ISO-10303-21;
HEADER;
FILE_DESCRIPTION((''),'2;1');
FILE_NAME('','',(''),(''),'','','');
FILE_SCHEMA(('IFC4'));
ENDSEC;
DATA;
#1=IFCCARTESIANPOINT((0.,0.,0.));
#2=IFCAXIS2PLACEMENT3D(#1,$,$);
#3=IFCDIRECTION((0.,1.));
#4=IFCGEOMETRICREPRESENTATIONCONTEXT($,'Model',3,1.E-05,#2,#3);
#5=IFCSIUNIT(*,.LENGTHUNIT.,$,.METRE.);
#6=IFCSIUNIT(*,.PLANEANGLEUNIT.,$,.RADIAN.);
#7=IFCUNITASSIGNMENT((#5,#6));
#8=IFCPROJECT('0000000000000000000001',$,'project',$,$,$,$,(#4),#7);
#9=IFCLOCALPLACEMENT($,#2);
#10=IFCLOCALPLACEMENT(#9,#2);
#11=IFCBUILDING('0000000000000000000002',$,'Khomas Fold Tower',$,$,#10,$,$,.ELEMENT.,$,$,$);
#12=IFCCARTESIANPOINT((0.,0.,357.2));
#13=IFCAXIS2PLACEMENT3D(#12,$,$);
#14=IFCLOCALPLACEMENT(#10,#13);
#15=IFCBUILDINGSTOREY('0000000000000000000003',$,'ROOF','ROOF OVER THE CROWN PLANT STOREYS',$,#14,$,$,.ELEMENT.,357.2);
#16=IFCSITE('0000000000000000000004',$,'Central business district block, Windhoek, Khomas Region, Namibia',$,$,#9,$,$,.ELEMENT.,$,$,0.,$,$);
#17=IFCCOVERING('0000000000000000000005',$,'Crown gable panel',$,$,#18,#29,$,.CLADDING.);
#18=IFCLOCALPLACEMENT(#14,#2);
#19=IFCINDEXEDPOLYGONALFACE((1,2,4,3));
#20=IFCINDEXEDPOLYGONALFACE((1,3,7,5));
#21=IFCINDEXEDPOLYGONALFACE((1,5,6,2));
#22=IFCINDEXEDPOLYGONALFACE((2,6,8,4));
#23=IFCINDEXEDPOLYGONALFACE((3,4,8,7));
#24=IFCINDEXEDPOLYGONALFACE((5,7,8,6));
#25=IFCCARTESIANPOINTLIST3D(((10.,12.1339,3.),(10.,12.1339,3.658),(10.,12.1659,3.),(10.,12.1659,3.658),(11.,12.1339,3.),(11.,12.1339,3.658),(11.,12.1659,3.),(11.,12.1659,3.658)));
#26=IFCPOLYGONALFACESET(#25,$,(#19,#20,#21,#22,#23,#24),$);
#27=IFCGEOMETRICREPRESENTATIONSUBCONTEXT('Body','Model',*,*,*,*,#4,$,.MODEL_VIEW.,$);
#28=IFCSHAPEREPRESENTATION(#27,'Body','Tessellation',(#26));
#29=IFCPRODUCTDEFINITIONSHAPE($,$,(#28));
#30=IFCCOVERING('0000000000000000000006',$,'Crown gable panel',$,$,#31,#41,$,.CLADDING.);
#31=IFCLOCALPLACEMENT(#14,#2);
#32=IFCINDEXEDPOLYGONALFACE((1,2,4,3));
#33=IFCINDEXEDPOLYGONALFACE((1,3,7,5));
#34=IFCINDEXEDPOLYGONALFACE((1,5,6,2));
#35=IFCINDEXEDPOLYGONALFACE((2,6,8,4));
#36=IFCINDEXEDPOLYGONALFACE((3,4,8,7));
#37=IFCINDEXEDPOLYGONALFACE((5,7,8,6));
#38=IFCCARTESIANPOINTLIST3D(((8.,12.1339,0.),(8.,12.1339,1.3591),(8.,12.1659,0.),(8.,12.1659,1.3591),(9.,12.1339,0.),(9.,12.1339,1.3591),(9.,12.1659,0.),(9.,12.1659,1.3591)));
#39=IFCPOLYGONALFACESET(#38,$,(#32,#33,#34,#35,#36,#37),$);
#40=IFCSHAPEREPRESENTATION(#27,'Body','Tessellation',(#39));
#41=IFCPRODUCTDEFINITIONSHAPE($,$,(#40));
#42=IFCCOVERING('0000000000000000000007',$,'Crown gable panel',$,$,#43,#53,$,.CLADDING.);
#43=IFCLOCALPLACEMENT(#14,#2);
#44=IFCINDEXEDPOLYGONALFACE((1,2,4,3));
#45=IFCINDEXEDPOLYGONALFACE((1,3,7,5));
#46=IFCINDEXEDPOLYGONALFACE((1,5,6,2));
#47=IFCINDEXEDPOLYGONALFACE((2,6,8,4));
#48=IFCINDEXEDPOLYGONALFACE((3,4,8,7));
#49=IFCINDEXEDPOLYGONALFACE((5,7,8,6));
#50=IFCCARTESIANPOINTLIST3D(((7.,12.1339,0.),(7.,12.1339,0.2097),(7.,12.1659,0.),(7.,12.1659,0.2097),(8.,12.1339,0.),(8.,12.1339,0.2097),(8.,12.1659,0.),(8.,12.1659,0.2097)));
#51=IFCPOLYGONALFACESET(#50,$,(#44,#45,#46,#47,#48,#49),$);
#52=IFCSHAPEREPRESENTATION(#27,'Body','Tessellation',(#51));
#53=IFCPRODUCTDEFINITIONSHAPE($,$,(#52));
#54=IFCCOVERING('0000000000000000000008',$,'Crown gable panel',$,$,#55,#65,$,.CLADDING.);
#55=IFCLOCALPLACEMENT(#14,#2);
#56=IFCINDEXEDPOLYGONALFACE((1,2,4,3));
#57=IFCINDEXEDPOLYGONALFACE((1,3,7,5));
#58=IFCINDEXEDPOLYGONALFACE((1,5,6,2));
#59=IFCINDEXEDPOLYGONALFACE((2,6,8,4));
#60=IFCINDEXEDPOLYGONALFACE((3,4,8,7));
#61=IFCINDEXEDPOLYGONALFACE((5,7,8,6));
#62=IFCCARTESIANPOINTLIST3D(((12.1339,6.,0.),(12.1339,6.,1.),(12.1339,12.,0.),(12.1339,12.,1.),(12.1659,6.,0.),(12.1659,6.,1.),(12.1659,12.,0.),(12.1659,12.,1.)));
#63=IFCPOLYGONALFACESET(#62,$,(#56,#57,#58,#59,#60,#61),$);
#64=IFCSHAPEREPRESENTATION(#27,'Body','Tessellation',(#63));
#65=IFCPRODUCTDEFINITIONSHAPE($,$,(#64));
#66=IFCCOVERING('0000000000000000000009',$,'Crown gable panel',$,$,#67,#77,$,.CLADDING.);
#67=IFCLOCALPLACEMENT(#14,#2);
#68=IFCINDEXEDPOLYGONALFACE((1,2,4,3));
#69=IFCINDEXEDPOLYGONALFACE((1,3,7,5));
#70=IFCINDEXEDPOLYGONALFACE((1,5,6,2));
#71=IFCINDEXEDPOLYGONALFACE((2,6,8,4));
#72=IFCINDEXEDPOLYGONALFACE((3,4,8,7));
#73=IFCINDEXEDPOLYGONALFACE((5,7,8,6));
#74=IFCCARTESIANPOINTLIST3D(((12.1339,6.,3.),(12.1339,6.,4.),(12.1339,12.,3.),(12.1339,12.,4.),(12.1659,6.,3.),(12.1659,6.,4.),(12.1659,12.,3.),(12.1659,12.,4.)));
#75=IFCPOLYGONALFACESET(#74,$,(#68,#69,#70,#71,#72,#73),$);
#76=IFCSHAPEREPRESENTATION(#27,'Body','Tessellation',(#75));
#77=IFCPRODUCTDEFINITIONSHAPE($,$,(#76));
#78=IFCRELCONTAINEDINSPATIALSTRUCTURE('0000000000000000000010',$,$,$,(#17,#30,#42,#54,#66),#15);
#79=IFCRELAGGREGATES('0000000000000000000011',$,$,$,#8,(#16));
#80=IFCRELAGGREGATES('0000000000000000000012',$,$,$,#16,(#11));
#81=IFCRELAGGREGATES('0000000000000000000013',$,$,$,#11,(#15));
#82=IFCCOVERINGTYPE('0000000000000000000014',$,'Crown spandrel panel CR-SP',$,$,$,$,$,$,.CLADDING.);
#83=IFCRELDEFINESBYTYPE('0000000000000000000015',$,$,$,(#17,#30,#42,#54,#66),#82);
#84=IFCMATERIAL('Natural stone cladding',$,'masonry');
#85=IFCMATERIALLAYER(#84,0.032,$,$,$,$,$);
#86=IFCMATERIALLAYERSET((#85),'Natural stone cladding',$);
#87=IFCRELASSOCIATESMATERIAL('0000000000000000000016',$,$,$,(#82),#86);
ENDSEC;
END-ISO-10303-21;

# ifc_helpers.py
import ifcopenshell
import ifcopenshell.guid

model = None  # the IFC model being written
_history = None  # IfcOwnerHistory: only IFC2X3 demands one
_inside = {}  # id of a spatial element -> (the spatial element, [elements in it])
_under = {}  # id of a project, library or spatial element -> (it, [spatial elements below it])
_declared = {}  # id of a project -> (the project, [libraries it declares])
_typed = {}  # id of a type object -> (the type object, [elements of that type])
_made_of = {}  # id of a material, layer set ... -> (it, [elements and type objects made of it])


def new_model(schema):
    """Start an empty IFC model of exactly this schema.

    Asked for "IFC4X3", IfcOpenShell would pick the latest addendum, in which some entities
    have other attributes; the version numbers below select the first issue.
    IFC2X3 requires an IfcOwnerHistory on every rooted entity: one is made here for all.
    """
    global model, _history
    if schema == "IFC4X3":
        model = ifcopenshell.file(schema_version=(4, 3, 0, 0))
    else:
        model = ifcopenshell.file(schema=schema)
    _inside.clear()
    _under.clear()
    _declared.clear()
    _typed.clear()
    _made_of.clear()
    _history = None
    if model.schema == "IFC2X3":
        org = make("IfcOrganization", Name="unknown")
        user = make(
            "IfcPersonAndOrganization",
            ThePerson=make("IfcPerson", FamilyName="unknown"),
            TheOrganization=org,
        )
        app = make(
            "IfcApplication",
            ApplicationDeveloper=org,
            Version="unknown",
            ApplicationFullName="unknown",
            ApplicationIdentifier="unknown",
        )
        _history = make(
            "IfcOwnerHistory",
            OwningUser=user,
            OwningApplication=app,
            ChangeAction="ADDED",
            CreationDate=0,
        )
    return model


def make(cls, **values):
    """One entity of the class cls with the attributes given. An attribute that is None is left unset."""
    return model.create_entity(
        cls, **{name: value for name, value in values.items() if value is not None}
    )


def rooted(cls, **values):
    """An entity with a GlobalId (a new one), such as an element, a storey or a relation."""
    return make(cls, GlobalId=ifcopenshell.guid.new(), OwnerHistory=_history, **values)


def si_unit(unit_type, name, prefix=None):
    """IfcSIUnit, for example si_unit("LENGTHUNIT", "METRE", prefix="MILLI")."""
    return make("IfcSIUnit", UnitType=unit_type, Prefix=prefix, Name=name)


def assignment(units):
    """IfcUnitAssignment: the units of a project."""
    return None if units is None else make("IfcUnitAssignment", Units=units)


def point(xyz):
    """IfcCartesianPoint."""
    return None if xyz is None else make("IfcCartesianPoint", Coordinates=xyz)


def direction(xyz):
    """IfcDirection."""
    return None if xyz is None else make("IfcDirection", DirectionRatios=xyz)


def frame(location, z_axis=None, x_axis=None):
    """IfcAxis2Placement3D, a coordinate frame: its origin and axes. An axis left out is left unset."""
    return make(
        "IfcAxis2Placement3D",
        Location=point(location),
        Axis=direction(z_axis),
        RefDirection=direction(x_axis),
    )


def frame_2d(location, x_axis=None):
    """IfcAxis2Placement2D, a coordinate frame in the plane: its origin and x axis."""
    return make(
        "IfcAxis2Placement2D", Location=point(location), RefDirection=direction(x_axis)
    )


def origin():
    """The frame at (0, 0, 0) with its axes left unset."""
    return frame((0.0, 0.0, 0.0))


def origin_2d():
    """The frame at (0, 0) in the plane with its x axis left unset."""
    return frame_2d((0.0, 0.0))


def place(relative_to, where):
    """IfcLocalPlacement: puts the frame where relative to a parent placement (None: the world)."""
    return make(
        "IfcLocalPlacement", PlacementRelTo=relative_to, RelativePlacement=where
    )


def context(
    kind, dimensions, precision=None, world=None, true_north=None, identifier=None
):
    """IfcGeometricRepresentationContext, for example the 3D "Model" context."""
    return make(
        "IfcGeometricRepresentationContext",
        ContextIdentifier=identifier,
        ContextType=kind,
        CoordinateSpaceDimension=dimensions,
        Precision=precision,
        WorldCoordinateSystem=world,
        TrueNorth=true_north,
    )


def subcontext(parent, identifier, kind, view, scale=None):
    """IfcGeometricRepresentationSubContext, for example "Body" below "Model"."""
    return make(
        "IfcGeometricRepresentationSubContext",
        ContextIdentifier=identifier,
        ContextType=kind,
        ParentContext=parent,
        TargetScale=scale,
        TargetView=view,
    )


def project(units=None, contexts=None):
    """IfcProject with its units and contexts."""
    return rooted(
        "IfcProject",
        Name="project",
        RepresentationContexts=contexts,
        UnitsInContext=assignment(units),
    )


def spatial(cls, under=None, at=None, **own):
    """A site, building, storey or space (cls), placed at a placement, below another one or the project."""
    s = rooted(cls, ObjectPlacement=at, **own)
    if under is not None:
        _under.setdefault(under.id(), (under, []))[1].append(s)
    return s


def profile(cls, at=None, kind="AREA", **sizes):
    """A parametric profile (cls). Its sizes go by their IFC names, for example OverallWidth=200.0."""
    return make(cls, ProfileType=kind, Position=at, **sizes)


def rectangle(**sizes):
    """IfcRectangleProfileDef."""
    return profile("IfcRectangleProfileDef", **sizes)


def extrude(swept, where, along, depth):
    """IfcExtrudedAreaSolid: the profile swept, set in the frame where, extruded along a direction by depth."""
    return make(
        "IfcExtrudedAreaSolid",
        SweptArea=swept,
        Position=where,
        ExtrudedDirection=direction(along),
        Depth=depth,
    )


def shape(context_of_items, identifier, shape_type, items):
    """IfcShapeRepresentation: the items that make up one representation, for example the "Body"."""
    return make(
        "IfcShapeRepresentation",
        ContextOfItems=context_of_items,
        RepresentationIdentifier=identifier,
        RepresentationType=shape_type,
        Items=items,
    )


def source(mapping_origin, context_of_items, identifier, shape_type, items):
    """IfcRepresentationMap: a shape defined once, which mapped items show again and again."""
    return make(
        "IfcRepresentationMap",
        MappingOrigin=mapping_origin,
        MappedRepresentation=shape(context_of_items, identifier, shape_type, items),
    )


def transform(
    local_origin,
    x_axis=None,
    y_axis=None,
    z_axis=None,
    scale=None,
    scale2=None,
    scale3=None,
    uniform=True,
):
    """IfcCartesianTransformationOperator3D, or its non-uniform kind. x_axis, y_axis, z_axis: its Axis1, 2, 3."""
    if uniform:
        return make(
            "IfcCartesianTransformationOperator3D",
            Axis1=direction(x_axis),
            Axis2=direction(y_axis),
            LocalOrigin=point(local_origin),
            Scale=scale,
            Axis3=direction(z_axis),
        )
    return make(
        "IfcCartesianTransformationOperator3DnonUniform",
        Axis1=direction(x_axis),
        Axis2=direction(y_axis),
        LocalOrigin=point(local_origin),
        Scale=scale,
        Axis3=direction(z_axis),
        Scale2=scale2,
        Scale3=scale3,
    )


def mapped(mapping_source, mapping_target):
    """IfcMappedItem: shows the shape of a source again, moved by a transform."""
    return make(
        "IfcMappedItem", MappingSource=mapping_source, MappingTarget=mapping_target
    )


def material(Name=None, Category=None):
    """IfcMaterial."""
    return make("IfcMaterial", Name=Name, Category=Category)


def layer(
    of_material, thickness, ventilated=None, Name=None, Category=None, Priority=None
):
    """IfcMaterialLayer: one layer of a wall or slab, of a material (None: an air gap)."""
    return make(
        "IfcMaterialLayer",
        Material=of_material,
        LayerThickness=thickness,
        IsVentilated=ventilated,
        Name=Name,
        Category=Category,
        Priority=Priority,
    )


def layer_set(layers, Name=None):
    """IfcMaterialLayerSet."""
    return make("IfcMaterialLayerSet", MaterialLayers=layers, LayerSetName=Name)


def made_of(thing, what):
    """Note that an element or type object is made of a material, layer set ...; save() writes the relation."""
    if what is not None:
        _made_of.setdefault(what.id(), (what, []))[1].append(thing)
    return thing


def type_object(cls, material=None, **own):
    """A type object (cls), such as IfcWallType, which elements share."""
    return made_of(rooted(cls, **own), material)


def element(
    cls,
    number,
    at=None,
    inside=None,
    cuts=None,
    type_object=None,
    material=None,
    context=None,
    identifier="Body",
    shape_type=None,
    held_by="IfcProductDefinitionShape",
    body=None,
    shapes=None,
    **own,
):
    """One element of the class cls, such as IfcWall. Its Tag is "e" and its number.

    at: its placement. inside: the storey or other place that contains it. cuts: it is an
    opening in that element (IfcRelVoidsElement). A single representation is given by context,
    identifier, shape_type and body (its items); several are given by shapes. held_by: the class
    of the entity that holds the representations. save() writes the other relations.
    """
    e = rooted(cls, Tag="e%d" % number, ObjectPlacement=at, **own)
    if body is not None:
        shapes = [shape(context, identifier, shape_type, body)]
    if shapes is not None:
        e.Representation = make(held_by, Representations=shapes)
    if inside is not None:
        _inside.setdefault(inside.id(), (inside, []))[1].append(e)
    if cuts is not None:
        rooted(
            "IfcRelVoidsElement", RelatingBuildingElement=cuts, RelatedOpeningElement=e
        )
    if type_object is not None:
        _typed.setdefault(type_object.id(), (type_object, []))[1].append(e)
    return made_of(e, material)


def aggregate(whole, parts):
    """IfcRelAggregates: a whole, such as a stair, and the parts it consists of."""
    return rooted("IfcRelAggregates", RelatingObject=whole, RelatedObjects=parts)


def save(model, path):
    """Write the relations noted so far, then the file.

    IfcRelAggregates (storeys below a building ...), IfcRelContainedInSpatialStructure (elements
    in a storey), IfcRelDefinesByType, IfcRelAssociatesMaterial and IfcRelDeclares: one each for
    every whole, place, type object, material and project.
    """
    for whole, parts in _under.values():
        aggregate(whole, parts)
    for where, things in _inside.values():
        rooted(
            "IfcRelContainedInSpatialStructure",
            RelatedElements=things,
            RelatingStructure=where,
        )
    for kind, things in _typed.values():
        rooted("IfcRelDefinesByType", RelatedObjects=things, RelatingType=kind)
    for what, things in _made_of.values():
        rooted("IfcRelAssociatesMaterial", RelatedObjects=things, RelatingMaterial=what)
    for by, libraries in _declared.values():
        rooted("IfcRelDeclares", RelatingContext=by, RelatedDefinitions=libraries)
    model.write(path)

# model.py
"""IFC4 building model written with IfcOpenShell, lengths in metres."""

from ifc_helpers import new_model, si_unit, direction, frame, origin, origin_2d, place, context, subcontext, project, spatial, rectangle, extrude, source, transform, mapped, material, layer, layer_set, type_object, element, save


model = new_model("IFC4")

# Units and contexts
model_context = context("Model", 3, precision=1e-05, world=origin(), true_north=direction((0.0, 1.0)))
body_context = subcontext(model_context, "Body", "Model", "MODEL_VIEW")
ifc_project = project(units=[si_unit("LENGTHUNIT", "METRE"), si_unit("PLANEANGLEUNIT", "RADIAN")], contexts=[model_context])

# Site, building, storey
site_placement = place(None, origin())
site = spatial("IfcSite", under=ifc_project, at=site_placement, Name="Central business district block, Windhoek, Khomas Region, Namibia", CompositionType="ELEMENT", RefElevation=0.0)
building_placement = place(site_placement, origin())
building = spatial("IfcBuilding", under=site, at=building_placement, Name="Khomas Fold Tower", CompositionType="ELEMENT")
storey_placement = place(building_placement, frame((0.0, 0.0, 357.2)))
storey = spatial("IfcBuildingStorey", under=building, at=storey_placement, Name="ROOF", Description="ROOF OVER THE CROWN PLANT STOREYS", CompositionType="ELEMENT", Elevation=357.2)

# Coverings
ifc_material_1 = material(Name="Natural stone cladding", Category="masonry")
ifc_layer_1 = layer(ifc_material_1, 0.032)
ifc_layer_set_1 = layer_set([ifc_layer_1], Name="Natural stone cladding")
covering_type = type_object("IfcCoveringType", Name="Crown spandrel panel CR-SP", PredefinedType="CLADDING", material=ifc_layer_set_1)
shared_shape_1 = source(origin(), body_context, "Body", "SweptSolid", [
    extrude(rectangle(XDim=1.0, YDim=0.032, at=origin_2d()), origin(), (0.0, 0.0, 1.0), 0.658),
])
covering_1_placement = place(storey_placement, frame((10.5, 12.1499, 3.0), z_axis=(0.0, 0.0, 1.0), x_axis=(1.0, 0.0, 0.0)))
element("IfcCovering", 1, at=covering_1_placement, inside=storey, type_object=covering_type, Name="Crown gable panel", PredefinedType="CLADDING", context=body_context, shape_type="MappedRepresentation", body=[
    mapped(shared_shape_1, transform((0.0, 0.0, 0.0))),
])
shared_shape_2 = source(origin(), body_context, "Body", "SweptSolid", [
    extrude(rectangle(XDim=1.0, YDim=0.032, at=origin_2d()), origin(), (0.0, 0.0, 1.0), 1.3591),
])
covering_2_placement = place(storey_placement, frame((8.5, 12.1499, 0.0), z_axis=(0.0, 0.0, 1.0), x_axis=(1.0, 0.0, 0.0)))
element("IfcCovering", 2, at=covering_2_placement, inside=storey, type_object=covering_type, Name="Crown gable panel", PredefinedType="CLADDING", context=body_context, shape_type="MappedRepresentation", body=[
    mapped(shared_shape_2, transform((0.0, 0.0, 0.0))),
])
shared_shape_3 = source(origin(), body_context, "Body", "SweptSolid", [
    extrude(rectangle(XDim=1.0, YDim=0.032, at=origin_2d()), origin(), (0.0, 0.0, 1.0), 0.2097),
])
covering_3_placement = place(storey_placement, frame((7.5, 12.1499, 0.0), z_axis=(0.0, 0.0, 1.0), x_axis=(1.0, 0.0, 0.0)))
element("IfcCovering", 3, at=covering_3_placement, inside=storey, type_object=covering_type, Name="Crown gable panel", PredefinedType="CLADDING", context=body_context, shape_type="MappedRepresentation", body=[
    mapped(shared_shape_3, transform((0.0, 0.0, 0.0))),
])
shared_shape_4 = source(origin(), body_context, "Body", "SweptSolid", [
    extrude(rectangle(XDim=6.0, YDim=0.032, at=origin_2d()), origin(), (0.0, 0.0, 1.0), 1.0),
])
for number, where, z_axis, x_axis, name in (
    (4, (12.1499, 9.0, 0.0), (0.0, 0.0, 1.0), (0.0, -1.0, 0.0), "Crown gable panel"),
    (5, (12.1499, 9.0, 3.0), (0.0, 0.0, 1.0), (0.0, -1.0, 0.0), "Crown gable panel"),
):
    element("IfcCovering", number, at=place(storey_placement, frame(where, z_axis=z_axis, x_axis=x_axis)), inside=storey, type_object=covering_type, Name=name, PredefinedType="CLADDING", context=body_context, shape_type="MappedRepresentation", body=[
        mapped(shared_shape_4, transform((0.0, 0.0, 0.0))),
    ])

save(model, "model.ifc")
